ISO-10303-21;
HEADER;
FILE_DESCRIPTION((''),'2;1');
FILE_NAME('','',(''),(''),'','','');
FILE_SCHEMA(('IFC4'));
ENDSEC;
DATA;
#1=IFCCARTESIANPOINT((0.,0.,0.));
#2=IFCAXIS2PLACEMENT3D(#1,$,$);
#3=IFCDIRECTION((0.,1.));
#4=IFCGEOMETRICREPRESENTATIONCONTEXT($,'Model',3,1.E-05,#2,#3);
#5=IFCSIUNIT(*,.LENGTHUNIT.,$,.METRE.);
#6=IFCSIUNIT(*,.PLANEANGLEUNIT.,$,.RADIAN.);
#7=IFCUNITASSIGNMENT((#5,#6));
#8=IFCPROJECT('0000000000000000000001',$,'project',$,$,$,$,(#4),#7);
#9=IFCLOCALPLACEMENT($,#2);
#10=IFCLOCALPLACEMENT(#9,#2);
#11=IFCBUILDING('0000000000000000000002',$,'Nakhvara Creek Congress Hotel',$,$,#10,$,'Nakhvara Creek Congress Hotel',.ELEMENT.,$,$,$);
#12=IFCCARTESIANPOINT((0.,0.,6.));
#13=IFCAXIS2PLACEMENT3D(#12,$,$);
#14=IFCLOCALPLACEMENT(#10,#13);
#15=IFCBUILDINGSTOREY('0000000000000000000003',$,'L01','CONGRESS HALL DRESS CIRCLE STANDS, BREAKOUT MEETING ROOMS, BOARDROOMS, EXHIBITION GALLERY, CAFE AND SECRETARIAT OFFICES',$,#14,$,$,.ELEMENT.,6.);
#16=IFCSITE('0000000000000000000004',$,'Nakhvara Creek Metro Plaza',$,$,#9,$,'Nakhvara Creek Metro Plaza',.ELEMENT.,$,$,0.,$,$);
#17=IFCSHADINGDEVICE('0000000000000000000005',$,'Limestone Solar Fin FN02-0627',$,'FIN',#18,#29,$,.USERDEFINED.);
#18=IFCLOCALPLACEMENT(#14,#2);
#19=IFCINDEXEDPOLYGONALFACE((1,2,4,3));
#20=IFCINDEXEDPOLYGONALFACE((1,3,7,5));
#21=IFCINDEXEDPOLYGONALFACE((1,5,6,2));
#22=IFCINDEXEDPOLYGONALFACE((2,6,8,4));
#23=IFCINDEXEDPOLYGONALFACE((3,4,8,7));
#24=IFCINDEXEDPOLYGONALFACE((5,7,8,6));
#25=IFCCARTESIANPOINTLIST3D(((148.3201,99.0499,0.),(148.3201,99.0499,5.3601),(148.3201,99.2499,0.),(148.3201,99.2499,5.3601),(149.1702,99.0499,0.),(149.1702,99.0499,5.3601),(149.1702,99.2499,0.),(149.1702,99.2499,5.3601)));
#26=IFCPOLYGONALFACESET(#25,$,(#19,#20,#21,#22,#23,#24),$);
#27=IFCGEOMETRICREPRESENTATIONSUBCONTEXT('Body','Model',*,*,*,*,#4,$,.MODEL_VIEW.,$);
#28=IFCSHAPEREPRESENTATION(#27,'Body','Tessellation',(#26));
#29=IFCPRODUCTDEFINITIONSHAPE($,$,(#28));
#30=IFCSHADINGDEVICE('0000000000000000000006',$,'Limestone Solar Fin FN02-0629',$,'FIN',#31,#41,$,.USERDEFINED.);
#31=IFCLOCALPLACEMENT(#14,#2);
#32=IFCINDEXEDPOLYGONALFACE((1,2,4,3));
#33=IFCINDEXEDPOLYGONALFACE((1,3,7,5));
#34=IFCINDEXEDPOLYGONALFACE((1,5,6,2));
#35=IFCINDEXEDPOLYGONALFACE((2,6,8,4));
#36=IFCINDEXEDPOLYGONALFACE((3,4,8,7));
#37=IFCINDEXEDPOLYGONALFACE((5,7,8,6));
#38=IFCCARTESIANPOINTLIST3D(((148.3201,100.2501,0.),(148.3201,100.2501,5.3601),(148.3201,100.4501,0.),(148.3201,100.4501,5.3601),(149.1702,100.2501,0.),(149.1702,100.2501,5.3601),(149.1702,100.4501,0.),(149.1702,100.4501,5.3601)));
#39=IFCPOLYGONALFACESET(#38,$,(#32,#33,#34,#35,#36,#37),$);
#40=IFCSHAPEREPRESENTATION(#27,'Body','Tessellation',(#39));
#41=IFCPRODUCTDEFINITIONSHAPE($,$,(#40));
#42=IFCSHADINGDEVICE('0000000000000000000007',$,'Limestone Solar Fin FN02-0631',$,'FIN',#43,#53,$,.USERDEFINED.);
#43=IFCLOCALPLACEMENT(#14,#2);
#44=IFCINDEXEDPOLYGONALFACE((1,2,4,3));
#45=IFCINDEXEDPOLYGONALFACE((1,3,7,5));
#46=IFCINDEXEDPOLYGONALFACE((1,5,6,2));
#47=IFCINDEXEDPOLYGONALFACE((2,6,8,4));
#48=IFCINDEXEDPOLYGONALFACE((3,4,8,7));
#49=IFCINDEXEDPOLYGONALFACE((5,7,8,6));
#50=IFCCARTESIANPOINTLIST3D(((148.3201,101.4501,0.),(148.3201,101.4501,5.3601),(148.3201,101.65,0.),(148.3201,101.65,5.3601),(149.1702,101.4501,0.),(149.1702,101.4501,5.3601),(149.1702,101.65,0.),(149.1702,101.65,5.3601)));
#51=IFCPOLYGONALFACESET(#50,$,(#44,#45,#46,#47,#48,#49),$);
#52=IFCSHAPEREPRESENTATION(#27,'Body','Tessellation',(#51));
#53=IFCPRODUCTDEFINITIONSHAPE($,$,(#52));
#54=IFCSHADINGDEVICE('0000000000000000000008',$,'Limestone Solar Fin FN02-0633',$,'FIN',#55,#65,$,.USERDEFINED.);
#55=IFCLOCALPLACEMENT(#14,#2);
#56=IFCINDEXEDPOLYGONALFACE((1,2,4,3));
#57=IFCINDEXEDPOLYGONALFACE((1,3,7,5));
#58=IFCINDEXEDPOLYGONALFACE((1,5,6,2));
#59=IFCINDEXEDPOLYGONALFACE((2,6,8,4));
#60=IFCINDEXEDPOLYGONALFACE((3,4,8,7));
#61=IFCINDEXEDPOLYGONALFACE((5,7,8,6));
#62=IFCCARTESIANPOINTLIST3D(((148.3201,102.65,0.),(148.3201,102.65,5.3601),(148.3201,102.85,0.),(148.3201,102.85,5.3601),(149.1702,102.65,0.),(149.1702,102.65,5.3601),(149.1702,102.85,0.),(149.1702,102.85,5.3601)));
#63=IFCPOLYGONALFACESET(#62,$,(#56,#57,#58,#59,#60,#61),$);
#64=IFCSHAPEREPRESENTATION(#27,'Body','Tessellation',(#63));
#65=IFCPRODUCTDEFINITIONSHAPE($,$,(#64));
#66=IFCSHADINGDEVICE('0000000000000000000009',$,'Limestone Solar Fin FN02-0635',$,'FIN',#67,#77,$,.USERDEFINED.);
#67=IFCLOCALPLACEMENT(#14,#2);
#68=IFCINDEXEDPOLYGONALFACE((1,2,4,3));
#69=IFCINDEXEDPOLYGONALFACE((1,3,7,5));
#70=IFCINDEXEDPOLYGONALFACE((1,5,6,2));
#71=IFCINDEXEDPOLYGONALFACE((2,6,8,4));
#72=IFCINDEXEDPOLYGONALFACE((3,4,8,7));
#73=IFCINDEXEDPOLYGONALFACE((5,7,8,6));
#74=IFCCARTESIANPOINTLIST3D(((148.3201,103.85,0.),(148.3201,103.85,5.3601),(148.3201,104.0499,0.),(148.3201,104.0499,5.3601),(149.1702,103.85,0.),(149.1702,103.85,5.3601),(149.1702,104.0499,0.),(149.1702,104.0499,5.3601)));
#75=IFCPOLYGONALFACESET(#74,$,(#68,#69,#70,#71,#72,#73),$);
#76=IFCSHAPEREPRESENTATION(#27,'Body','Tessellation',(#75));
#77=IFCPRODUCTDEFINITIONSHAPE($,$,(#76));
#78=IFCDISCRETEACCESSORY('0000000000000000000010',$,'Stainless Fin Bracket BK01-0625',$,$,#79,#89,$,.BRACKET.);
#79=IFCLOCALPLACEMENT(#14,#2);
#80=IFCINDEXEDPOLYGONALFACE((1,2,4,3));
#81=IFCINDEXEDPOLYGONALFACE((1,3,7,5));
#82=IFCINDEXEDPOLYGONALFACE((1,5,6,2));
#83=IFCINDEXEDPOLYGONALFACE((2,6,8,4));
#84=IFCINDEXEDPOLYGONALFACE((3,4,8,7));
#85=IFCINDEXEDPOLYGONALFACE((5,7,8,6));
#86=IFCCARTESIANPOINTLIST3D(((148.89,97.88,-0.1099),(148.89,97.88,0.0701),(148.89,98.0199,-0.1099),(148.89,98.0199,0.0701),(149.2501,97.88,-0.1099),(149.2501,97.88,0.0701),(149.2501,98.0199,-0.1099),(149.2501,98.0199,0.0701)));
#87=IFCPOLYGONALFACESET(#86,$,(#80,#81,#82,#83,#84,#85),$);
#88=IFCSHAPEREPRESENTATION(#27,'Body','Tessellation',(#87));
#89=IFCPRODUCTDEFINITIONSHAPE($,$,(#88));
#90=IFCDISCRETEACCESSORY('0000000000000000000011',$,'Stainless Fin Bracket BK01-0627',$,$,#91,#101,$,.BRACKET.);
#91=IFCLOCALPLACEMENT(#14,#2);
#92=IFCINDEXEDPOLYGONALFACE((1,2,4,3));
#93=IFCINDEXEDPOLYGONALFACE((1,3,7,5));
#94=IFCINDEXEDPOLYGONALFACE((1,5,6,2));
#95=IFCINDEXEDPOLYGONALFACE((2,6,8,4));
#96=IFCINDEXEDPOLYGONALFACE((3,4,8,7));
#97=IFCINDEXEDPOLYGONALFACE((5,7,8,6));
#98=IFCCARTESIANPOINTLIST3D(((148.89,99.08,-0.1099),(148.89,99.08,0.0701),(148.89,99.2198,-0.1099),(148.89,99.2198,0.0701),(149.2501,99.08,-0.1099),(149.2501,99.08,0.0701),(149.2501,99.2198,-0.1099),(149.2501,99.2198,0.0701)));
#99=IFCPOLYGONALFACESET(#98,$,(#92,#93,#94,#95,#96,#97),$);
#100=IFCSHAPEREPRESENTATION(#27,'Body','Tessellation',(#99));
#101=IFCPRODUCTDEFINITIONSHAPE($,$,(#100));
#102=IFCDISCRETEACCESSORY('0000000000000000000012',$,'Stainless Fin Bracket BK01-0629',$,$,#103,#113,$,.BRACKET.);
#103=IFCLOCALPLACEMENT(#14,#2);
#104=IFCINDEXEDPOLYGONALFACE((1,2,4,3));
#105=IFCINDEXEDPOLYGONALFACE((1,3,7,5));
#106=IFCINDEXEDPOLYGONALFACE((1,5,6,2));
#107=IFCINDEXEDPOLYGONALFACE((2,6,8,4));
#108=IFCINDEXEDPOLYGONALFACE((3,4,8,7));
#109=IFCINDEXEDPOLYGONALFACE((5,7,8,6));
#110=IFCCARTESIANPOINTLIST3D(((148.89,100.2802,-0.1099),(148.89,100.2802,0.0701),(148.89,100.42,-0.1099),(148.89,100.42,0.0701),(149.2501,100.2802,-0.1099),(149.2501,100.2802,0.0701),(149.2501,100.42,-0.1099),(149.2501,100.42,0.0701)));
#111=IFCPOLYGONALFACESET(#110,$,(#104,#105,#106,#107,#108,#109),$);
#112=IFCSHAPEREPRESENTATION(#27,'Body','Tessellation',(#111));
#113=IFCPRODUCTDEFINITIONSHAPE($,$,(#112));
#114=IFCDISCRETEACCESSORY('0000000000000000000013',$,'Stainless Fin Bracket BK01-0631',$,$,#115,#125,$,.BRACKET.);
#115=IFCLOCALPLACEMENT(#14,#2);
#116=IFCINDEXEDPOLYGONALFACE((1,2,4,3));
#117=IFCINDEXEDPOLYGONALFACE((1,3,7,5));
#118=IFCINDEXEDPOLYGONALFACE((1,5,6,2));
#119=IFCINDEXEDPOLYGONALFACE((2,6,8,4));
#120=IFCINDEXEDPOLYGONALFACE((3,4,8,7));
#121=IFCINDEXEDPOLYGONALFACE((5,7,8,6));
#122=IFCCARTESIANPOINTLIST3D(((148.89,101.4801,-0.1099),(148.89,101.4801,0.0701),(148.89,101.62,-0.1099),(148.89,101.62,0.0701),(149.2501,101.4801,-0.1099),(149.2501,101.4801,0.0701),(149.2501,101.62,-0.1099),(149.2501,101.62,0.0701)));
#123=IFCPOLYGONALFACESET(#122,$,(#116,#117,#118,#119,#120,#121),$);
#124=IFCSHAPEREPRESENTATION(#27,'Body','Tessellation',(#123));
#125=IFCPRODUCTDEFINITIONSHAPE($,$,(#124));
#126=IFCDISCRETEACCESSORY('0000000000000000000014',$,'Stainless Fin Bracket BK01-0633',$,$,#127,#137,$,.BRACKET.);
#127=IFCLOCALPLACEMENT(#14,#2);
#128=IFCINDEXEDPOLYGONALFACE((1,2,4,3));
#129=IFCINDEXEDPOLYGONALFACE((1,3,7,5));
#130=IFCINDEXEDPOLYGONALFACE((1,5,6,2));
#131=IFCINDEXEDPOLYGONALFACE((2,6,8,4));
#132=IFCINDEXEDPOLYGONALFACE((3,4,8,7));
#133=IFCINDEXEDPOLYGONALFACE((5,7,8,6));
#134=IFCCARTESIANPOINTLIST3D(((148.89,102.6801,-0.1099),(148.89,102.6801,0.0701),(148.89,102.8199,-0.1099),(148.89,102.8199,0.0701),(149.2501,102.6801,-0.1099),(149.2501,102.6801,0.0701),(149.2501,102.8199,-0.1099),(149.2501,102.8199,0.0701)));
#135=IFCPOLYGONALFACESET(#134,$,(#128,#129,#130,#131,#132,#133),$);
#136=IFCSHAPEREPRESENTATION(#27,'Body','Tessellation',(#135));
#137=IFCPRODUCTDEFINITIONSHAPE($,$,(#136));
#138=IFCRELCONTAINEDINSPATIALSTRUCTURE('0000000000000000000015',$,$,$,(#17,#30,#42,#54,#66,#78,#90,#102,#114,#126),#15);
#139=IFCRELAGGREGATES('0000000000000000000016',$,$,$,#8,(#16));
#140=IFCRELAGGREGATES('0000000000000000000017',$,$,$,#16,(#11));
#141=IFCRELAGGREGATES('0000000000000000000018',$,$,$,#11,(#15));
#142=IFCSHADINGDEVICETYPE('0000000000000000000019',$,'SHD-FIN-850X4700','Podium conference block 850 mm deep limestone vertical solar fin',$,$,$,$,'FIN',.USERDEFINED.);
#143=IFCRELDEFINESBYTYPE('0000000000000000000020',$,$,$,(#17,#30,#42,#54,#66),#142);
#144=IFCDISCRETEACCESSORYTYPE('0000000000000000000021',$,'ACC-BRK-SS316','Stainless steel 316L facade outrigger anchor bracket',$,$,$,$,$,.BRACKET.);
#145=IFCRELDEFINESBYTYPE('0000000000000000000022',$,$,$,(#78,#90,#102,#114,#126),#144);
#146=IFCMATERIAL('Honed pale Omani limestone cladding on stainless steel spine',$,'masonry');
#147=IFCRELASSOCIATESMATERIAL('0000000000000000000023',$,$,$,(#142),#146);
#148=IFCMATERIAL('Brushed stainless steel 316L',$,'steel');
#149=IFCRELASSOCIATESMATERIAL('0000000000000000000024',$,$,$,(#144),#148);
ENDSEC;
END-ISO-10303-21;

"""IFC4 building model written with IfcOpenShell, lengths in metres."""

from ifc_helpers import new_model, si_unit, direction, frame, origin, origin_2d, place, context, subcontext, project, spatial, rectangle, extrude, material, type_object, element, save


model = new_model("IFC4")

# Units and contexts
model_context = context("Model", 3, precision=1e-05, world=origin(), true_north=direction((0.0, 1.0)))
body_context = subcontext(model_context, "Body", "Model", "MODEL_VIEW")
ifc_project = project(units=[si_unit("LENGTHUNIT", "METRE"), si_unit("PLANEANGLEUNIT", "RADIAN")], contexts=[model_context])

# Site, building, storey
site_placement = place(None, origin())
site = spatial("IfcSite", under=ifc_project, at=site_placement, Name="Nakhvara Creek Metro Plaza", LongName="Nakhvara Creek Metro Plaza", CompositionType="ELEMENT", RefElevation=0.0)
building_placement = place(site_placement, origin())
building = spatial("IfcBuilding", under=site, at=building_placement, Name="Nakhvara Creek Congress Hotel", LongName="Nakhvara Creek Congress Hotel", CompositionType="ELEMENT")
storey_placement = place(building_placement, frame((0.0, 0.0, 6.0)))
storey = spatial("IfcBuildingStorey", under=building, at=storey_placement, Name="L01", Description="CONGRESS HALL DRESS CIRCLE STANDS, BREAKOUT MEETING ROOMS, BOARDROOMS, EXHIBITION GALLERY, CAFE AND SECRETARIAT OFFICES", CompositionType="ELEMENT", Elevation=6.0)

# Shading devices
ifc_material_1 = material(Name="Honed pale Omani limestone cladding on stainless steel spine", Category="masonry")
shading_device_type = type_object("IfcShadingDeviceType", Name="SHD-FIN-850X4700", Description="Podium conference block 850 mm deep limestone vertical solar fin", ElementType="FIN", PredefinedType="USERDEFINED", material=ifc_material_1)
for number, where, z_axis, x_axis, name in (
    (1, (148.7451, 99.1499, 0.0), (0.0, 0.0, 1.0), (0.0, 1.0, 0.0), "Limestone Solar Fin FN02-0627"),
    (2, (148.7451, 100.3501, 0.0), (0.0, 0.0, 1.0), (0.0, 1.0, 0.0), "Limestone Solar Fin FN02-0629"),
    (3, (148.7451, 101.55, 0.0), (0.0, 0.0, 1.0), (0.0, 1.0, 0.0), "Limestone Solar Fin FN02-0631"),
    (4, (148.7451, 102.75, 0.0), (0.0, 0.0, 1.0), (0.0, 1.0, 0.0), "Limestone Solar Fin FN02-0633"),
    (5, (148.7451, 103.95, 0.0), (0.0, 0.0, 1.0), (0.0, 1.0, 0.0), "Limestone Solar Fin FN02-0635"),
):
    element("IfcShadingDevice", number, at=place(storey_placement, frame(where, z_axis=z_axis, x_axis=x_axis)), inside=storey, type_object=shading_device_type, Name=name, ObjectType="FIN", PredefinedType="USERDEFINED", context=body_context, shape_type="SweptSolid", body=[
        extrude(rectangle(XDim=0.2, YDim=0.8501, at=origin_2d()), origin(), (0.0, 0.0, 1.0), 5.3601),
    ])

# Discrete accessories
ifc_material_2 = material(Name="Brushed stainless steel 316L", Category="steel")
discrete_accessory_type = type_object("IfcDiscreteAccessoryType", Name="ACC-BRK-SS316", Description="Stainless steel 316L facade outrigger anchor bracket", PredefinedType="BRACKET", material=ifc_material_2)
for number, where, z_axis, x_axis, name in (
    (6, (149.0701, 97.95, -0.1099), (0.0, 0.0, 1.0), (0.0, 1.0, 0.0), "Stainless Fin Bracket BK01-0625"),
    (7, (149.0701, 99.1499, -0.1099), (0.0, 0.0, 1.0), (0.0, 1.0, 0.0), "Stainless Fin Bracket BK01-0627"),
    (8, (149.0701, 100.3501, -0.1099), (0.0, 0.0, 1.0), (0.0, 1.0, 0.0), "Stainless Fin Bracket BK01-0629"),
    (9, (149.0701, 101.55, -0.1099), (0.0, 0.0, 1.0), (0.0, 1.0, 0.0), "Stainless Fin Bracket BK01-0631"),
    (10, (149.0701, 102.75, -0.1099), (0.0, 0.0, 1.0), (0.0, 1.0, 0.0), "Stainless Fin Bracket BK01-0633"),
):
    element("IfcDiscreteAccessory", number, at=place(storey_placement, frame(where, z_axis=z_axis, x_axis=x_axis)), inside=storey, type_object=discrete_accessory_type, Name=name, PredefinedType="BRACKET", context=body_context, shape_type="SweptSolid", body=[
        extrude(rectangle(XDim=0.1399, YDim=0.3601, at=origin_2d()), origin(), (0.0, 0.0, 1.0), 0.1799),
    ])

save(model, "model.ifc")
